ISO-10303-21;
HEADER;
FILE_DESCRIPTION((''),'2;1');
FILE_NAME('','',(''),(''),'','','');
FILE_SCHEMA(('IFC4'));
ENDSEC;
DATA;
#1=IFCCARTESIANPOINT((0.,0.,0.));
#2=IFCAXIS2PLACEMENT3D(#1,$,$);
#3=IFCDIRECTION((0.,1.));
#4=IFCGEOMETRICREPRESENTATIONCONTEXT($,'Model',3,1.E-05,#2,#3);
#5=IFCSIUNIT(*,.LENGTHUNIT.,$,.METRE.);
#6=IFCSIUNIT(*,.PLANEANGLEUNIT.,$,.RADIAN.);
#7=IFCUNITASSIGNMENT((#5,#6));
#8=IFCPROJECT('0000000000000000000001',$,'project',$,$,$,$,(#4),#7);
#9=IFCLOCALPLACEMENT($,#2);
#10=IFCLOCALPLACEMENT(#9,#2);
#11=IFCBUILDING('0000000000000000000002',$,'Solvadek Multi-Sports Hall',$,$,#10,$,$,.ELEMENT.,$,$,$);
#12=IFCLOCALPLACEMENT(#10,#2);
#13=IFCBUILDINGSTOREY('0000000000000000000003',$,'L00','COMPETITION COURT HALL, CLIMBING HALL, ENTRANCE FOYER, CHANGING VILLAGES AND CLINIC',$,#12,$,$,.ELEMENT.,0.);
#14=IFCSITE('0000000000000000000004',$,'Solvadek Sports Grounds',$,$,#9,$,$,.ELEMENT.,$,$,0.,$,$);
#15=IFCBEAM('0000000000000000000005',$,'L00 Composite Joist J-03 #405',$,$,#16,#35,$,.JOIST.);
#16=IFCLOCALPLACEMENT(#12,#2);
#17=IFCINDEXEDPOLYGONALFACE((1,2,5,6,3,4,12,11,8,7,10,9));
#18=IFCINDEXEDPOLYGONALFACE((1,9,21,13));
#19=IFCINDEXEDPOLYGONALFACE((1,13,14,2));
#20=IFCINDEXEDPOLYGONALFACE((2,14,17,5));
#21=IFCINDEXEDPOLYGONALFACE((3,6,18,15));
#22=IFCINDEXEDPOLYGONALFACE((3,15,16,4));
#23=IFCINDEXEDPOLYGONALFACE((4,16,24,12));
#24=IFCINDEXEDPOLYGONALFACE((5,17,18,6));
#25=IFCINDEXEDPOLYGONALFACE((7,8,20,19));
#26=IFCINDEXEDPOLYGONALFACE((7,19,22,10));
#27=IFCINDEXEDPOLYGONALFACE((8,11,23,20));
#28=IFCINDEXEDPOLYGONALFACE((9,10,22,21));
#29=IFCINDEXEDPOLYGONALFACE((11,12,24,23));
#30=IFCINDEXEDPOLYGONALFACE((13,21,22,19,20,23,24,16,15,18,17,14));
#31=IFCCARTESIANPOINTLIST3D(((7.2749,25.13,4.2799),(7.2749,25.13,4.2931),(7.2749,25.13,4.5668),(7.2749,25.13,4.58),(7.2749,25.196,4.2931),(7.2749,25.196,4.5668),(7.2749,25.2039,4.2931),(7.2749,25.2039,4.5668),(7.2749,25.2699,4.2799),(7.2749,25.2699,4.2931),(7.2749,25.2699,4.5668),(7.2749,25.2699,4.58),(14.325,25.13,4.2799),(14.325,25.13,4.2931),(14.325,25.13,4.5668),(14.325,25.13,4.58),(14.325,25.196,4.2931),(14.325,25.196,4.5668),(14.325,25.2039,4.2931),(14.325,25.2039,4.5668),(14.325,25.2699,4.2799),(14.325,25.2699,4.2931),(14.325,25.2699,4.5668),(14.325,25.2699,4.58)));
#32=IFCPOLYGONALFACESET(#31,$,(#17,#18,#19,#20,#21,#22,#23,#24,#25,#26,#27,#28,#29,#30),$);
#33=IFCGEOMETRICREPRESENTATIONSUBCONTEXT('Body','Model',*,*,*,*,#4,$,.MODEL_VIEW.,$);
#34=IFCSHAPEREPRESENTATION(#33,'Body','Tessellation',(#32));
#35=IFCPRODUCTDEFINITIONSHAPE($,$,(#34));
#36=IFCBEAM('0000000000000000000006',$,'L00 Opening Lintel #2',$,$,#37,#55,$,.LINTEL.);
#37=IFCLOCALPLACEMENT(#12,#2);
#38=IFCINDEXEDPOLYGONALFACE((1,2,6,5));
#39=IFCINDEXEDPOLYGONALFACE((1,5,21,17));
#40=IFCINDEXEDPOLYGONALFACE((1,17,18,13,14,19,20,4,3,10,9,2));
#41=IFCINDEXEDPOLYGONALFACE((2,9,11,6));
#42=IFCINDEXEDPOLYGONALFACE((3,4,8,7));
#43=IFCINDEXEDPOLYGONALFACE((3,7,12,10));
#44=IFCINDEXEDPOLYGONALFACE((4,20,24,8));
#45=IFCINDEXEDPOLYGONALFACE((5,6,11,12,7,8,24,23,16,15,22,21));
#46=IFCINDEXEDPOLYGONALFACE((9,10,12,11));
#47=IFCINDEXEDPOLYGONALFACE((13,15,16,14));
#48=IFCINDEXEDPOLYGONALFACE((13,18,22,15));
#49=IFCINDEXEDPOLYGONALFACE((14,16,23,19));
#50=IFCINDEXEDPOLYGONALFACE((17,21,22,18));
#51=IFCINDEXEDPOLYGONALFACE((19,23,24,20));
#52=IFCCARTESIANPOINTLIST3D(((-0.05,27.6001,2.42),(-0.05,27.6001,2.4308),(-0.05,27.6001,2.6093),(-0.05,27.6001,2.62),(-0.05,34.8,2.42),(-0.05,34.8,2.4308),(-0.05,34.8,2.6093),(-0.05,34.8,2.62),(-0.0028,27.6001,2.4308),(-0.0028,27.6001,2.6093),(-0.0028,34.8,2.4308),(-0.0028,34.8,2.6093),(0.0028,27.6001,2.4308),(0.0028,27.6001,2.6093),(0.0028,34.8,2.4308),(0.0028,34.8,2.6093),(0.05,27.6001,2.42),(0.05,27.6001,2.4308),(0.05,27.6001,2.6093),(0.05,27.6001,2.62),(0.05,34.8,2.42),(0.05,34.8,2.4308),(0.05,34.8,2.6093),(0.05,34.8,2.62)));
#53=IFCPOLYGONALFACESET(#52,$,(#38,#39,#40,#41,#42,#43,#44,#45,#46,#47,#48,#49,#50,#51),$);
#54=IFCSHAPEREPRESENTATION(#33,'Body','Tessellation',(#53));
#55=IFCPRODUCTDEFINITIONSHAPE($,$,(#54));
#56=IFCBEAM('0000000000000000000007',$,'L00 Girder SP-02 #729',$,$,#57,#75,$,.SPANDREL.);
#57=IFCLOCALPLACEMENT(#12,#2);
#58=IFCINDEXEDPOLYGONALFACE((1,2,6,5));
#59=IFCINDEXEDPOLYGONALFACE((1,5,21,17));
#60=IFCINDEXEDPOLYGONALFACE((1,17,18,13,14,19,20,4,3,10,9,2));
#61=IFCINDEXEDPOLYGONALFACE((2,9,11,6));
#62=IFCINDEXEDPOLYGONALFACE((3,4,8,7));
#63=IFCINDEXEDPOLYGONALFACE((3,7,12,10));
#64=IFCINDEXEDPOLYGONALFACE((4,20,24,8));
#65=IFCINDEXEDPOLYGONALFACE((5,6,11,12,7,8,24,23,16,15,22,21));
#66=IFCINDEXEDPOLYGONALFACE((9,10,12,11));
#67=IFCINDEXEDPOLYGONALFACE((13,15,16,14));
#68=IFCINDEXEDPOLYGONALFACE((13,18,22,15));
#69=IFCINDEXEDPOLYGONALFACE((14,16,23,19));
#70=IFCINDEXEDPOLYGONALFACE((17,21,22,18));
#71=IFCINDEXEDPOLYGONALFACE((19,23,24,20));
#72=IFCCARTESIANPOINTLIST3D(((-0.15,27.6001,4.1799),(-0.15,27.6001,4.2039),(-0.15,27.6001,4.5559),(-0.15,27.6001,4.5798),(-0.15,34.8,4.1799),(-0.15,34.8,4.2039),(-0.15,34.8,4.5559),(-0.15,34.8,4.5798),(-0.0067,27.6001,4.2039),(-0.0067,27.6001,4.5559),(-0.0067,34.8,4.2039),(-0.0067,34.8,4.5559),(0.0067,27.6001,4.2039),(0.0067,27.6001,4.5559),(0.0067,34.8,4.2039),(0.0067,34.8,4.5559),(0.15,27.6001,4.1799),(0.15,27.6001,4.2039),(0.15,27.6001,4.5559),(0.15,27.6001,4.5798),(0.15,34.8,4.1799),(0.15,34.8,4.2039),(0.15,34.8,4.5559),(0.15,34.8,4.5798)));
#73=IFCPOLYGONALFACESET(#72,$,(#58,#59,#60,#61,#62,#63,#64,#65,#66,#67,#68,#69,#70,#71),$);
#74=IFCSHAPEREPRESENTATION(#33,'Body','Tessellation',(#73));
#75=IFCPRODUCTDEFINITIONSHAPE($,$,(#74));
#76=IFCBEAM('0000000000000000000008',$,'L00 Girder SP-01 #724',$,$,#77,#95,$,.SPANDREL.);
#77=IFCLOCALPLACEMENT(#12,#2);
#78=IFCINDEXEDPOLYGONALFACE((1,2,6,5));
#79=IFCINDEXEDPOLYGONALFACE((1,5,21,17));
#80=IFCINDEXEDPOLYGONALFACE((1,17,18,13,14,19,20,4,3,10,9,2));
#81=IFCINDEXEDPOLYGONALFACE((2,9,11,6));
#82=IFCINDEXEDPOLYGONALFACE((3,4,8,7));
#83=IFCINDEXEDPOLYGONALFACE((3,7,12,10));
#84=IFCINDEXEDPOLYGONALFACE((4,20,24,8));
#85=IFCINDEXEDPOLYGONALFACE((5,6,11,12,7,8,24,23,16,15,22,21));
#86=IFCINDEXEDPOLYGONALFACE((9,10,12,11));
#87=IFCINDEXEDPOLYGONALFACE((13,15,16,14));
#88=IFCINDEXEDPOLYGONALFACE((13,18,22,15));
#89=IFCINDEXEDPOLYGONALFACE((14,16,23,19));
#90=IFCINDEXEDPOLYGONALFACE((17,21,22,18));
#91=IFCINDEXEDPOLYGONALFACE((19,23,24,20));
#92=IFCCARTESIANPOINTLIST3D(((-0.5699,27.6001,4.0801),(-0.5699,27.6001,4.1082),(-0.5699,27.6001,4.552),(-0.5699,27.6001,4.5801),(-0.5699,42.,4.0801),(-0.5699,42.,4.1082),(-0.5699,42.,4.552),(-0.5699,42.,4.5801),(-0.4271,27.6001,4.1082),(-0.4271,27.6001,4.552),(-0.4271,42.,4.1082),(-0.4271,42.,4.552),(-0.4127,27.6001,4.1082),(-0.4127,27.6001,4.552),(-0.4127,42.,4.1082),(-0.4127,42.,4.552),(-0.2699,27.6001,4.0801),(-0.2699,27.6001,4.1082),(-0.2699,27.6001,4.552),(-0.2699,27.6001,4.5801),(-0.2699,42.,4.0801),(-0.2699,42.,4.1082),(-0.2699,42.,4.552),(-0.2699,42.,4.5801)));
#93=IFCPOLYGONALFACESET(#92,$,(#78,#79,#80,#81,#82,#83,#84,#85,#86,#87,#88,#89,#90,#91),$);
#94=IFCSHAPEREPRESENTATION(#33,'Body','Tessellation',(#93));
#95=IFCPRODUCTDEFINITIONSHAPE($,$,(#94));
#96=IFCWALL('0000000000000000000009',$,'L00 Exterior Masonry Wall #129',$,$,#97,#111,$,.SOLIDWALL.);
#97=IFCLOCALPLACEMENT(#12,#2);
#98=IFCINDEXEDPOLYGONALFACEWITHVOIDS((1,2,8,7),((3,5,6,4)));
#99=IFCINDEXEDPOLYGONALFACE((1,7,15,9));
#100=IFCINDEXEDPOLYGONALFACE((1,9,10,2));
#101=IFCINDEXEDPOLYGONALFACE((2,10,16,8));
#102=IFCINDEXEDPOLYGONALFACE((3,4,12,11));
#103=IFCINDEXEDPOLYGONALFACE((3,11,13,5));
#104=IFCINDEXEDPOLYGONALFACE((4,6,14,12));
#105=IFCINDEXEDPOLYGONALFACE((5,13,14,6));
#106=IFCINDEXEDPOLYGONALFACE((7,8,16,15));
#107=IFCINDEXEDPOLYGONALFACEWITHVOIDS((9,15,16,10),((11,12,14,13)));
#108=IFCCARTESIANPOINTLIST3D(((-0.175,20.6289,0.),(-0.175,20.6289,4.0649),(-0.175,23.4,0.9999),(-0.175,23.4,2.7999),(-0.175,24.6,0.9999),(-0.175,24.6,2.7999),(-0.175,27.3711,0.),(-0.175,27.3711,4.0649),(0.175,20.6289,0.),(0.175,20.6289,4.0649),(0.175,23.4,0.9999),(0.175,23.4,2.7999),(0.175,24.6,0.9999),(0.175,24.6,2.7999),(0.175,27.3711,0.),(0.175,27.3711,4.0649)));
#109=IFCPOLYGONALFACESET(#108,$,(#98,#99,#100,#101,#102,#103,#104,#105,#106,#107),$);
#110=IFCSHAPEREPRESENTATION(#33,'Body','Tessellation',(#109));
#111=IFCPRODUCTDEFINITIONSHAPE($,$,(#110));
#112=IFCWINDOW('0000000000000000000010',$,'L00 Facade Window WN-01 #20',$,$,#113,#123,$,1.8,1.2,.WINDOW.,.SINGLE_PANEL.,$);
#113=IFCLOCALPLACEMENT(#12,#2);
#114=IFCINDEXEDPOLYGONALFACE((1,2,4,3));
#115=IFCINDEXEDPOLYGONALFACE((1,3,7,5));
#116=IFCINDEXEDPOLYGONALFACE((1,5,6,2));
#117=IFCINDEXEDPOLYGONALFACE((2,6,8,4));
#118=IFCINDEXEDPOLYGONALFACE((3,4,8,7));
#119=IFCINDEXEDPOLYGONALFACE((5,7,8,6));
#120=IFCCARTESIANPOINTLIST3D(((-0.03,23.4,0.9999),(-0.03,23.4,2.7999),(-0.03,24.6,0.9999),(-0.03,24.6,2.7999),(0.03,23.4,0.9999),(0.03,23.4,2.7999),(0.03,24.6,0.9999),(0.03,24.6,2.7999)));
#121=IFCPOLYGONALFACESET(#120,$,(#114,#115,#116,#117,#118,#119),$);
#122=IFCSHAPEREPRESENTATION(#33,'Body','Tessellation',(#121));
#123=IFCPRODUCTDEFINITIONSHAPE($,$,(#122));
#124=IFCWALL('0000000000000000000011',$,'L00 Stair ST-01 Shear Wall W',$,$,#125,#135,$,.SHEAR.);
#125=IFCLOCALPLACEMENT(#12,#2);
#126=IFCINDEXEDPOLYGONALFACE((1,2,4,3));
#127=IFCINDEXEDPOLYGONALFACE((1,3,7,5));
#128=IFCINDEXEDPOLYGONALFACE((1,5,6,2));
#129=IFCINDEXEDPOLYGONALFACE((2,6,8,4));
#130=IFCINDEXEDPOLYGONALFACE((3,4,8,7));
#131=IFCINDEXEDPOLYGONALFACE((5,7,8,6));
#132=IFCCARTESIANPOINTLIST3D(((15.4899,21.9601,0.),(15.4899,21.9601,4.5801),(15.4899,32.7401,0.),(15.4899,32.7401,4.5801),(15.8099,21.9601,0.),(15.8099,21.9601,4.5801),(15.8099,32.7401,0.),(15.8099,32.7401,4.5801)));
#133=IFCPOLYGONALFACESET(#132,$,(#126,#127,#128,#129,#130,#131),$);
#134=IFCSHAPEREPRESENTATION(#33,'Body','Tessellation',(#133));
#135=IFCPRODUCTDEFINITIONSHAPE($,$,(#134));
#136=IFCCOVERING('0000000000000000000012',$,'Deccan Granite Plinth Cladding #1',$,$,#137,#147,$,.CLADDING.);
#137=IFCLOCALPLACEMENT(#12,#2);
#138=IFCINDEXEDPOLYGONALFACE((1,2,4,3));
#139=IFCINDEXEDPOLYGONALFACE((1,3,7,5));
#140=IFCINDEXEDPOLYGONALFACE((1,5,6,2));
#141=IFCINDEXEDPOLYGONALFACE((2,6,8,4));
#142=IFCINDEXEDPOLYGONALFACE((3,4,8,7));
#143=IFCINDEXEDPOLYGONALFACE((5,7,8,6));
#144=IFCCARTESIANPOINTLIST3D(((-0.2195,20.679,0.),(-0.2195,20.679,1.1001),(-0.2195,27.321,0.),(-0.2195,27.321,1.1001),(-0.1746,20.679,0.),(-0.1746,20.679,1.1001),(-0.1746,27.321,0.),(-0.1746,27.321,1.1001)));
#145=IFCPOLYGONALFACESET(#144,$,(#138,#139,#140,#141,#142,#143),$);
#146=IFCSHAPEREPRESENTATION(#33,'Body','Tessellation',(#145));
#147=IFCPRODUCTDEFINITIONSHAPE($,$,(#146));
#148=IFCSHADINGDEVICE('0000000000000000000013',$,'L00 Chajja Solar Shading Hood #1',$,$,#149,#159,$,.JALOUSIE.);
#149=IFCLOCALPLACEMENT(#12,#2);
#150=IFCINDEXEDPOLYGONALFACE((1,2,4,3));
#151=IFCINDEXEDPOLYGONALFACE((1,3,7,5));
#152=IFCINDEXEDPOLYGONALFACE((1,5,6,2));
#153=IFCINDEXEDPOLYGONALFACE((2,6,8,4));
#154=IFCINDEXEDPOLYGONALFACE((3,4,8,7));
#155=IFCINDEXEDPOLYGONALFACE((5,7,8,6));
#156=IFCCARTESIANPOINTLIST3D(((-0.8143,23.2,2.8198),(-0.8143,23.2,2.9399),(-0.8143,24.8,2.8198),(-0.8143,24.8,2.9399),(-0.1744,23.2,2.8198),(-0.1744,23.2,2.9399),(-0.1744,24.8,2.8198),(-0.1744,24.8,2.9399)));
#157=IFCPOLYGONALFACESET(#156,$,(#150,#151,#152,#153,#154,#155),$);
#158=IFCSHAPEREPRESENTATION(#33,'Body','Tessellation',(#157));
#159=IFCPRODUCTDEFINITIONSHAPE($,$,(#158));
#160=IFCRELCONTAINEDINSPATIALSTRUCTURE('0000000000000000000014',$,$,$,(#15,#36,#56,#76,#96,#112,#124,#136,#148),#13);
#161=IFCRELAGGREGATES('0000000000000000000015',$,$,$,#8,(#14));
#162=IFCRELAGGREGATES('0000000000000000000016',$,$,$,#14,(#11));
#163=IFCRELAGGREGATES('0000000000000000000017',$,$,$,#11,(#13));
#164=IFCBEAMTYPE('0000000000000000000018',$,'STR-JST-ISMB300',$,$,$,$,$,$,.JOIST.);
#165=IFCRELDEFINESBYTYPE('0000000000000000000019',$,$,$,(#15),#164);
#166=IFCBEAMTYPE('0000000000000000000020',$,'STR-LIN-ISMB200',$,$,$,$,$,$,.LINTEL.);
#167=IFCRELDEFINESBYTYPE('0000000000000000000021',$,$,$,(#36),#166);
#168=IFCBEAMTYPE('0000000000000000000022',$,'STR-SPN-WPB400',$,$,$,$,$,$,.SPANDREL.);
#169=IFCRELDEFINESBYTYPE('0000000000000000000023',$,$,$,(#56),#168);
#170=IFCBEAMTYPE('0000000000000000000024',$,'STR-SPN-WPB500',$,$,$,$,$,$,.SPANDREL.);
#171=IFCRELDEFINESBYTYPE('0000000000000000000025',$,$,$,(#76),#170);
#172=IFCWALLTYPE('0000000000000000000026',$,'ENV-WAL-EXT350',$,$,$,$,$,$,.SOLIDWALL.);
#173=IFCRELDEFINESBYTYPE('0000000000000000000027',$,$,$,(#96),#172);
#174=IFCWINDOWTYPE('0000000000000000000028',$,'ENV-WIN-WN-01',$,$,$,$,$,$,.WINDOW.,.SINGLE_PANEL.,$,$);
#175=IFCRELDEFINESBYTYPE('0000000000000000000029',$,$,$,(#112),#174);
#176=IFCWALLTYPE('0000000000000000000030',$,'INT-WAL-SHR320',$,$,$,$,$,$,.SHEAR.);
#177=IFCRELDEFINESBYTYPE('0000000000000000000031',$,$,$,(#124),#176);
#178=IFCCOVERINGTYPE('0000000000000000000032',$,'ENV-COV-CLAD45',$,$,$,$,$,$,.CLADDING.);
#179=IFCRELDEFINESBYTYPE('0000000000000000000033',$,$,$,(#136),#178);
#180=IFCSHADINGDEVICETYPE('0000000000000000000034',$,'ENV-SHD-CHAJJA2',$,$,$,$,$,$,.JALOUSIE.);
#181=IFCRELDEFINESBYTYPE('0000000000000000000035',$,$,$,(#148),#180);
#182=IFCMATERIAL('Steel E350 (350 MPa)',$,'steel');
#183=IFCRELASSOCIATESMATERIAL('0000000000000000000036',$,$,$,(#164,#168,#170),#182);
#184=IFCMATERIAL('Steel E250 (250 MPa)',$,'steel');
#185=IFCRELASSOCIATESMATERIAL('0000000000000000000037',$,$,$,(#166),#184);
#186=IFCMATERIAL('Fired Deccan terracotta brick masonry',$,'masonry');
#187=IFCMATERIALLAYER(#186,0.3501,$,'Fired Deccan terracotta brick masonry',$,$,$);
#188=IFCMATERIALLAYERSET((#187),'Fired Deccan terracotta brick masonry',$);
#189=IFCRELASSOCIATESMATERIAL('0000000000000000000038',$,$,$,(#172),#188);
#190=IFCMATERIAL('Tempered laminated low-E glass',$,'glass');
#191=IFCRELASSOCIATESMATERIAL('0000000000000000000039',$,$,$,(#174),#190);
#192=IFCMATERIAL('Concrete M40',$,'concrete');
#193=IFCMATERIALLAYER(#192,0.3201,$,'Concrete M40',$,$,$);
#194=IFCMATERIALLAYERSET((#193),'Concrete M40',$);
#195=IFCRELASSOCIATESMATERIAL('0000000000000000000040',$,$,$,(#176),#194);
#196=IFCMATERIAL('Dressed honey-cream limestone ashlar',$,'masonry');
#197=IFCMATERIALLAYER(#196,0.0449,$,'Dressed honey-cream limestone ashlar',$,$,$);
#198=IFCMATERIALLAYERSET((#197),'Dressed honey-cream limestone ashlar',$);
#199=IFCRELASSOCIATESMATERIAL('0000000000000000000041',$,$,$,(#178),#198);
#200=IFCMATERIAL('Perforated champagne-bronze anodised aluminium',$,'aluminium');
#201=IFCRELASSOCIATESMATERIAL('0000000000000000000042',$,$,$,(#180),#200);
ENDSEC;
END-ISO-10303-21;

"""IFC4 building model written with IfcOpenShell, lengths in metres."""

from ifc_helpers import new_model, si_unit, direction, frame, frame_2d, origin, origin_2d, place, context, subcontext, project, spatial, rectangle, i_section, extrude, material, layer, layer_set, material_profile, profile_set, type_object, element, fill, save


model = new_model("IFC4")

# Units and contexts
model_context = context("Model", 3, precision=1e-05, world=origin(), true_north=direction((0.0, 1.0)))
body_context = subcontext(model_context, "Body", "Model", "MODEL_VIEW")
ifc_project = project(units=[si_unit("LENGTHUNIT", "METRE"), si_unit("PLANEANGLEUNIT", "RADIAN")], contexts=[model_context])

# Site, building, storey
site_placement = place(None, origin())
site = spatial("IfcSite", under=ifc_project, at=site_placement, Name="Solvadek Sports Grounds", CompositionType="ELEMENT", RefElevation=0.0)
building_placement = place(site_placement, origin())
building = spatial("IfcBuilding", under=site, at=building_placement, Name="Solvadek Multi-Sports Hall", CompositionType="ELEMENT")
storey_placement = place(building_placement, origin())
storey = spatial("IfcBuildingStorey", under=building, at=storey_placement, Name="L00", Description="COMPETITION COURT HALL, CLIMBING HALL, ENTRANCE FOYER, CHANGING VILLAGES AND CLINIC", CompositionType="ELEMENT", Elevation=0.0)

# Shared definitions
ifc_material_1 = material(Name="Steel E350 (350 MPa)", Category="steel")

# Beams
ifc_material_profile_1 = material_profile(ifc_material_1, i_section(OverallWidth=0.1399, OverallDepth=0.3, WebThickness=0.0078, FlangeThickness=0.0132, at=origin_2d()), Name="ISMB 300")
ifc_profile_set_1 = profile_set([ifc_material_profile_1], Name="Steel E350 (350 MPa)")
beam_type_1 = type_object("IfcBeamType", Name="STR-JST-ISMB300", PredefinedType="JOIST", material=ifc_profile_set_1)
for number, where, z_axis, x_axis, name in (
    (1, (7.2749, 25.2, 4.4299), (1.0, 0.0, 0.0), (0.0, 1.0, 0.0), "L00 Composite Joist J-03 #405"),
):
    element("IfcBeam", number, at=place(storey_placement, frame(where, z_axis=z_axis, x_axis=x_axis)), inside=storey, type_object=beam_type_1, Name=name, PredefinedType="JOIST", context=body_context, shape_type="SweptSolid", body=[
        extrude(i_section(OverallWidth=0.1399, OverallDepth=0.3, WebThickness=0.0078, FlangeThickness=0.0132, at=origin_2d()), origin(), (0.0, 0.0, 1.0), 7.05),
    ])
ifc_material_2 = material(Name="Steel E250 (250 MPa)", Category="steel")
ifc_material_profile_2 = material_profile(ifc_material_2, i_section(OverallWidth=0.1001, OverallDepth=0.2, WebThickness=0.0056, FlangeThickness=0.0107, at=origin_2d()), Name="ISMB 200")
ifc_profile_set_2 = profile_set([ifc_material_profile_2], Name="Steel E250 (250 MPa)")
beam_type_2 = type_object("IfcBeamType", Name="STR-LIN-ISMB200", PredefinedType="LINTEL", material=ifc_profile_set_2)
beam_1_placement = place(storey_placement, frame((0.0, 27.6001, 2.52), z_axis=(0.0, 1.0, 0.0), x_axis=(-1.0, 0.0, 0.0)))
element("IfcBeam", 2, at=beam_1_placement, inside=storey, type_object=beam_type_2, Name="L00 Opening Lintel #2", PredefinedType="LINTEL", context=body_context, shape_type="SweptSolid", body=[
    extrude(i_section(OverallWidth=0.1001, OverallDepth=0.2, WebThickness=0.0056, FlangeThickness=0.0107, at=origin_2d()), origin(), (0.0, 0.0, 1.0), 7.2),
])
ifc_material_profile_3 = material_profile(ifc_material_1, i_section(OverallWidth=0.3, OverallDepth=0.3999, WebThickness=0.0134, FlangeThickness=0.0239, at=origin_2d()), Name="WPB 400")
ifc_profile_set_3 = profile_set([ifc_material_profile_3], Name="Steel E350 (350 MPa)")
beam_type_3 = type_object("IfcBeamType", Name="STR-SPN-WPB400", PredefinedType="SPANDREL", material=ifc_profile_set_3)
beam_2_placement = place(storey_placement, frame((0.0, 27.6001, 4.3799), z_axis=(0.0, 1.0, 0.0), x_axis=(-1.0, 0.0, 0.0)))
element("IfcBeam", 3, at=beam_2_placement, inside=storey, type_object=beam_type_3, Name="L00 Girder SP-02 #729", PredefinedType="SPANDREL", context=body_context, shape_type="SweptSolid", body=[
    extrude(i_section(OverallWidth=0.3, OverallDepth=0.3999, WebThickness=0.0134, FlangeThickness=0.0239, at=origin_2d()), origin(), (0.0, 0.0, 1.0), 7.2),
])
ifc_material_profile_4 = material_profile(ifc_material_1, i_section(OverallWidth=0.3, OverallDepth=0.5, WebThickness=0.0144, FlangeThickness=0.0281, at=origin_2d()), Name="WPB 500")
ifc_profile_set_4 = profile_set([ifc_material_profile_4], Name="Steel E350 (350 MPa)")
beam_type_4 = type_object("IfcBeamType", Name="STR-SPN-WPB500", PredefinedType="SPANDREL", material=ifc_profile_set_4)
beam_3_placement = place(storey_placement, frame((-0.4199, 27.6001, 4.3301), z_axis=(0.0, 1.0, 0.0), x_axis=(-1.0, 0.0, 0.0)))
element("IfcBeam", 4, at=beam_3_placement, inside=storey, type_object=beam_type_4, Name="L00 Girder SP-01 #724", PredefinedType="SPANDREL", context=body_context, shape_type="SweptSolid", body=[
    extrude(i_section(OverallWidth=0.3, OverallDepth=0.5, WebThickness=0.0144, FlangeThickness=0.0281, at=origin_2d()), origin(), (0.0, 0.0, 1.0), 14.3999),
])

# Wall, opening, window
ifc_material_3 = material(Name="Fired Deccan terracotta brick masonry", Category="masonry")
ifc_layer_1 = layer(ifc_material_3, 0.3501, Name="Fired Deccan terracotta brick masonry")
ifc_layer_set_1 = layer_set([ifc_layer_1], Name="Fired Deccan terracotta brick masonry")
wall_type_1 = type_object("IfcWallType", Name="ENV-WAL-EXT350", PredefinedType="SOLIDWALL", material=ifc_layer_set_1)
wall_1_placement = place(storey_placement, frame((0.0, 20.6289, 0.0), z_axis=(0.0, 0.0, 1.0), x_axis=(0.0, 1.0, 0.0)))
wall_1 = element("IfcWall", 5, at=wall_1_placement, inside=storey, type_object=wall_type_1, Name="L00 Exterior Masonry Wall #129", PredefinedType="SOLIDWALL", context=body_context, shape_type="SweptSolid", body=[
    extrude(rectangle(XDim=6.7422, YDim=0.3501, at=frame_2d((3.3711, 0.0))), origin(), (0.0, 0.0, 1.0), 4.0649),
])
opening_1_placement = place(wall_1_placement, frame((2.771, 0.0, 1.0)))
opening_1 = element("IfcOpeningElement", 6, at=opening_1_placement, cuts=wall_1, PredefinedType="OPENING", context=body_context, shape_type="SweptSolid", body=[
    extrude(rectangle(XDim=1.2, YDim=1.8, at=frame_2d((0.6001, 0.8999))), frame((0.0, 0.1851, 0.0), z_axis=(0.0, -1.0, 0.0), x_axis=(1.0, 0.0, 0.0)), (0.0, 0.0, 1.0), 0.3701),
])
ifc_material_4 = material(Name="Tempered laminated low-E glass", Category="glass")
window_type = type_object("IfcWindowType", Name="ENV-WIN-WN-01", PartitioningType="SINGLE_PANEL", PredefinedType="WINDOW", material=ifc_material_4)
window_placement = place(opening_1_placement, origin())
window = element("IfcWindow", 7, at=window_placement, inside=storey, type_object=window_type, Name="L00 Facade Window WN-01 #20", OverallHeight=1.8, OverallWidth=1.2, PartitioningType="SINGLE_PANEL", PredefinedType="WINDOW", context=body_context, shape_type="SweptSolid", body=[
    extrude(rectangle(XDim=1.2, YDim=1.8, at=frame_2d((0.6001, 0.8999))), frame((0.0, 0.03, 0.0), z_axis=(0.0, -1.0, 0.0), x_axis=(1.0, 0.0, 0.0)), (0.0, 0.0, 1.0), 0.0601),
])
fill(opening_1, window)

# Shared definitions
ifc_material_5 = material(Name="Concrete M40", Category="concrete")
ifc_layer_2 = layer(ifc_material_5, 0.3201, Name="Concrete M40")
ifc_layer_set_2 = layer_set([ifc_layer_2], Name="Concrete M40")
wall_type_2 = type_object("IfcWallType", Name="INT-WAL-SHR320", PredefinedType="SHEAR", material=ifc_layer_set_2)

# Wall
wall_2_placement = place(storey_placement, frame((15.6499, 21.96, 0.0), z_axis=(0.0, 0.0, 1.0), x_axis=(0.0, 1.0, 0.0)))
element("IfcWall", 8, at=wall_2_placement, inside=storey, type_object=wall_type_2, Name="L00 Stair ST-01 Shear Wall W", PredefinedType="SHEAR", context=body_context, shape_type="SweptSolid", body=[
    extrude(rectangle(XDim=10.78, YDim=0.3201, at=frame_2d((5.3901, 0.0))), origin(), (0.0, 0.0, 1.0), 4.5801),
])

# Covering
ifc_material_6 = material(Name="Dressed honey-cream limestone ashlar", Category="masonry")
ifc_layer_3 = layer(ifc_material_6, 0.0449, Name="Dressed honey-cream limestone ashlar")
ifc_layer_set_3 = layer_set([ifc_layer_3], Name="Dressed honey-cream limestone ashlar")
covering_type = type_object("IfcCoveringType", Name="ENV-COV-CLAD45", PredefinedType="CLADDING", material=ifc_layer_set_3)
covering_placement = place(storey_placement, frame((-0.197, 24.0, 0.0), z_axis=(0.0, 0.0, 1.0), x_axis=(0.0, 1.0, 0.0)))
element("IfcCovering", 9, at=covering_placement, inside=storey, type_object=covering_type, Name="Deccan Granite Plinth Cladding #1", PredefinedType="CLADDING", context=body_context, shape_type="SweptSolid", body=[
    extrude(rectangle(XDim=6.6421, YDim=0.0449, at=origin_2d()), origin(), (0.0, 0.0, 1.0), 1.1001),
])

# Shading device
ifc_material_7 = material(Name="Perforated champagne-bronze anodised aluminium", Category="aluminium")
shading_device_type = type_object("IfcShadingDeviceType", Name="ENV-SHD-CHAJJA2", PredefinedType="JALOUSIE", material=ifc_material_7)
shading_device_placement = place(storey_placement, frame((-0.4944, 24.0, 2.8198), z_axis=(0.0, 0.0, 1.0), x_axis=(0.0, 1.0, 0.0)))
element("IfcShadingDevice", 10, at=shading_device_placement, inside=storey, type_object=shading_device_type, Name="L00 Chajja Solar Shading Hood #1", PredefinedType="JALOUSIE", context=body_context, shape_type="SweptSolid", body=[
    extrude(rectangle(XDim=1.6001, YDim=0.6399, at=origin_2d()), origin(), (0.0, 0.0, 1.0), 0.1201),
])

save(model, "model.ifc")
